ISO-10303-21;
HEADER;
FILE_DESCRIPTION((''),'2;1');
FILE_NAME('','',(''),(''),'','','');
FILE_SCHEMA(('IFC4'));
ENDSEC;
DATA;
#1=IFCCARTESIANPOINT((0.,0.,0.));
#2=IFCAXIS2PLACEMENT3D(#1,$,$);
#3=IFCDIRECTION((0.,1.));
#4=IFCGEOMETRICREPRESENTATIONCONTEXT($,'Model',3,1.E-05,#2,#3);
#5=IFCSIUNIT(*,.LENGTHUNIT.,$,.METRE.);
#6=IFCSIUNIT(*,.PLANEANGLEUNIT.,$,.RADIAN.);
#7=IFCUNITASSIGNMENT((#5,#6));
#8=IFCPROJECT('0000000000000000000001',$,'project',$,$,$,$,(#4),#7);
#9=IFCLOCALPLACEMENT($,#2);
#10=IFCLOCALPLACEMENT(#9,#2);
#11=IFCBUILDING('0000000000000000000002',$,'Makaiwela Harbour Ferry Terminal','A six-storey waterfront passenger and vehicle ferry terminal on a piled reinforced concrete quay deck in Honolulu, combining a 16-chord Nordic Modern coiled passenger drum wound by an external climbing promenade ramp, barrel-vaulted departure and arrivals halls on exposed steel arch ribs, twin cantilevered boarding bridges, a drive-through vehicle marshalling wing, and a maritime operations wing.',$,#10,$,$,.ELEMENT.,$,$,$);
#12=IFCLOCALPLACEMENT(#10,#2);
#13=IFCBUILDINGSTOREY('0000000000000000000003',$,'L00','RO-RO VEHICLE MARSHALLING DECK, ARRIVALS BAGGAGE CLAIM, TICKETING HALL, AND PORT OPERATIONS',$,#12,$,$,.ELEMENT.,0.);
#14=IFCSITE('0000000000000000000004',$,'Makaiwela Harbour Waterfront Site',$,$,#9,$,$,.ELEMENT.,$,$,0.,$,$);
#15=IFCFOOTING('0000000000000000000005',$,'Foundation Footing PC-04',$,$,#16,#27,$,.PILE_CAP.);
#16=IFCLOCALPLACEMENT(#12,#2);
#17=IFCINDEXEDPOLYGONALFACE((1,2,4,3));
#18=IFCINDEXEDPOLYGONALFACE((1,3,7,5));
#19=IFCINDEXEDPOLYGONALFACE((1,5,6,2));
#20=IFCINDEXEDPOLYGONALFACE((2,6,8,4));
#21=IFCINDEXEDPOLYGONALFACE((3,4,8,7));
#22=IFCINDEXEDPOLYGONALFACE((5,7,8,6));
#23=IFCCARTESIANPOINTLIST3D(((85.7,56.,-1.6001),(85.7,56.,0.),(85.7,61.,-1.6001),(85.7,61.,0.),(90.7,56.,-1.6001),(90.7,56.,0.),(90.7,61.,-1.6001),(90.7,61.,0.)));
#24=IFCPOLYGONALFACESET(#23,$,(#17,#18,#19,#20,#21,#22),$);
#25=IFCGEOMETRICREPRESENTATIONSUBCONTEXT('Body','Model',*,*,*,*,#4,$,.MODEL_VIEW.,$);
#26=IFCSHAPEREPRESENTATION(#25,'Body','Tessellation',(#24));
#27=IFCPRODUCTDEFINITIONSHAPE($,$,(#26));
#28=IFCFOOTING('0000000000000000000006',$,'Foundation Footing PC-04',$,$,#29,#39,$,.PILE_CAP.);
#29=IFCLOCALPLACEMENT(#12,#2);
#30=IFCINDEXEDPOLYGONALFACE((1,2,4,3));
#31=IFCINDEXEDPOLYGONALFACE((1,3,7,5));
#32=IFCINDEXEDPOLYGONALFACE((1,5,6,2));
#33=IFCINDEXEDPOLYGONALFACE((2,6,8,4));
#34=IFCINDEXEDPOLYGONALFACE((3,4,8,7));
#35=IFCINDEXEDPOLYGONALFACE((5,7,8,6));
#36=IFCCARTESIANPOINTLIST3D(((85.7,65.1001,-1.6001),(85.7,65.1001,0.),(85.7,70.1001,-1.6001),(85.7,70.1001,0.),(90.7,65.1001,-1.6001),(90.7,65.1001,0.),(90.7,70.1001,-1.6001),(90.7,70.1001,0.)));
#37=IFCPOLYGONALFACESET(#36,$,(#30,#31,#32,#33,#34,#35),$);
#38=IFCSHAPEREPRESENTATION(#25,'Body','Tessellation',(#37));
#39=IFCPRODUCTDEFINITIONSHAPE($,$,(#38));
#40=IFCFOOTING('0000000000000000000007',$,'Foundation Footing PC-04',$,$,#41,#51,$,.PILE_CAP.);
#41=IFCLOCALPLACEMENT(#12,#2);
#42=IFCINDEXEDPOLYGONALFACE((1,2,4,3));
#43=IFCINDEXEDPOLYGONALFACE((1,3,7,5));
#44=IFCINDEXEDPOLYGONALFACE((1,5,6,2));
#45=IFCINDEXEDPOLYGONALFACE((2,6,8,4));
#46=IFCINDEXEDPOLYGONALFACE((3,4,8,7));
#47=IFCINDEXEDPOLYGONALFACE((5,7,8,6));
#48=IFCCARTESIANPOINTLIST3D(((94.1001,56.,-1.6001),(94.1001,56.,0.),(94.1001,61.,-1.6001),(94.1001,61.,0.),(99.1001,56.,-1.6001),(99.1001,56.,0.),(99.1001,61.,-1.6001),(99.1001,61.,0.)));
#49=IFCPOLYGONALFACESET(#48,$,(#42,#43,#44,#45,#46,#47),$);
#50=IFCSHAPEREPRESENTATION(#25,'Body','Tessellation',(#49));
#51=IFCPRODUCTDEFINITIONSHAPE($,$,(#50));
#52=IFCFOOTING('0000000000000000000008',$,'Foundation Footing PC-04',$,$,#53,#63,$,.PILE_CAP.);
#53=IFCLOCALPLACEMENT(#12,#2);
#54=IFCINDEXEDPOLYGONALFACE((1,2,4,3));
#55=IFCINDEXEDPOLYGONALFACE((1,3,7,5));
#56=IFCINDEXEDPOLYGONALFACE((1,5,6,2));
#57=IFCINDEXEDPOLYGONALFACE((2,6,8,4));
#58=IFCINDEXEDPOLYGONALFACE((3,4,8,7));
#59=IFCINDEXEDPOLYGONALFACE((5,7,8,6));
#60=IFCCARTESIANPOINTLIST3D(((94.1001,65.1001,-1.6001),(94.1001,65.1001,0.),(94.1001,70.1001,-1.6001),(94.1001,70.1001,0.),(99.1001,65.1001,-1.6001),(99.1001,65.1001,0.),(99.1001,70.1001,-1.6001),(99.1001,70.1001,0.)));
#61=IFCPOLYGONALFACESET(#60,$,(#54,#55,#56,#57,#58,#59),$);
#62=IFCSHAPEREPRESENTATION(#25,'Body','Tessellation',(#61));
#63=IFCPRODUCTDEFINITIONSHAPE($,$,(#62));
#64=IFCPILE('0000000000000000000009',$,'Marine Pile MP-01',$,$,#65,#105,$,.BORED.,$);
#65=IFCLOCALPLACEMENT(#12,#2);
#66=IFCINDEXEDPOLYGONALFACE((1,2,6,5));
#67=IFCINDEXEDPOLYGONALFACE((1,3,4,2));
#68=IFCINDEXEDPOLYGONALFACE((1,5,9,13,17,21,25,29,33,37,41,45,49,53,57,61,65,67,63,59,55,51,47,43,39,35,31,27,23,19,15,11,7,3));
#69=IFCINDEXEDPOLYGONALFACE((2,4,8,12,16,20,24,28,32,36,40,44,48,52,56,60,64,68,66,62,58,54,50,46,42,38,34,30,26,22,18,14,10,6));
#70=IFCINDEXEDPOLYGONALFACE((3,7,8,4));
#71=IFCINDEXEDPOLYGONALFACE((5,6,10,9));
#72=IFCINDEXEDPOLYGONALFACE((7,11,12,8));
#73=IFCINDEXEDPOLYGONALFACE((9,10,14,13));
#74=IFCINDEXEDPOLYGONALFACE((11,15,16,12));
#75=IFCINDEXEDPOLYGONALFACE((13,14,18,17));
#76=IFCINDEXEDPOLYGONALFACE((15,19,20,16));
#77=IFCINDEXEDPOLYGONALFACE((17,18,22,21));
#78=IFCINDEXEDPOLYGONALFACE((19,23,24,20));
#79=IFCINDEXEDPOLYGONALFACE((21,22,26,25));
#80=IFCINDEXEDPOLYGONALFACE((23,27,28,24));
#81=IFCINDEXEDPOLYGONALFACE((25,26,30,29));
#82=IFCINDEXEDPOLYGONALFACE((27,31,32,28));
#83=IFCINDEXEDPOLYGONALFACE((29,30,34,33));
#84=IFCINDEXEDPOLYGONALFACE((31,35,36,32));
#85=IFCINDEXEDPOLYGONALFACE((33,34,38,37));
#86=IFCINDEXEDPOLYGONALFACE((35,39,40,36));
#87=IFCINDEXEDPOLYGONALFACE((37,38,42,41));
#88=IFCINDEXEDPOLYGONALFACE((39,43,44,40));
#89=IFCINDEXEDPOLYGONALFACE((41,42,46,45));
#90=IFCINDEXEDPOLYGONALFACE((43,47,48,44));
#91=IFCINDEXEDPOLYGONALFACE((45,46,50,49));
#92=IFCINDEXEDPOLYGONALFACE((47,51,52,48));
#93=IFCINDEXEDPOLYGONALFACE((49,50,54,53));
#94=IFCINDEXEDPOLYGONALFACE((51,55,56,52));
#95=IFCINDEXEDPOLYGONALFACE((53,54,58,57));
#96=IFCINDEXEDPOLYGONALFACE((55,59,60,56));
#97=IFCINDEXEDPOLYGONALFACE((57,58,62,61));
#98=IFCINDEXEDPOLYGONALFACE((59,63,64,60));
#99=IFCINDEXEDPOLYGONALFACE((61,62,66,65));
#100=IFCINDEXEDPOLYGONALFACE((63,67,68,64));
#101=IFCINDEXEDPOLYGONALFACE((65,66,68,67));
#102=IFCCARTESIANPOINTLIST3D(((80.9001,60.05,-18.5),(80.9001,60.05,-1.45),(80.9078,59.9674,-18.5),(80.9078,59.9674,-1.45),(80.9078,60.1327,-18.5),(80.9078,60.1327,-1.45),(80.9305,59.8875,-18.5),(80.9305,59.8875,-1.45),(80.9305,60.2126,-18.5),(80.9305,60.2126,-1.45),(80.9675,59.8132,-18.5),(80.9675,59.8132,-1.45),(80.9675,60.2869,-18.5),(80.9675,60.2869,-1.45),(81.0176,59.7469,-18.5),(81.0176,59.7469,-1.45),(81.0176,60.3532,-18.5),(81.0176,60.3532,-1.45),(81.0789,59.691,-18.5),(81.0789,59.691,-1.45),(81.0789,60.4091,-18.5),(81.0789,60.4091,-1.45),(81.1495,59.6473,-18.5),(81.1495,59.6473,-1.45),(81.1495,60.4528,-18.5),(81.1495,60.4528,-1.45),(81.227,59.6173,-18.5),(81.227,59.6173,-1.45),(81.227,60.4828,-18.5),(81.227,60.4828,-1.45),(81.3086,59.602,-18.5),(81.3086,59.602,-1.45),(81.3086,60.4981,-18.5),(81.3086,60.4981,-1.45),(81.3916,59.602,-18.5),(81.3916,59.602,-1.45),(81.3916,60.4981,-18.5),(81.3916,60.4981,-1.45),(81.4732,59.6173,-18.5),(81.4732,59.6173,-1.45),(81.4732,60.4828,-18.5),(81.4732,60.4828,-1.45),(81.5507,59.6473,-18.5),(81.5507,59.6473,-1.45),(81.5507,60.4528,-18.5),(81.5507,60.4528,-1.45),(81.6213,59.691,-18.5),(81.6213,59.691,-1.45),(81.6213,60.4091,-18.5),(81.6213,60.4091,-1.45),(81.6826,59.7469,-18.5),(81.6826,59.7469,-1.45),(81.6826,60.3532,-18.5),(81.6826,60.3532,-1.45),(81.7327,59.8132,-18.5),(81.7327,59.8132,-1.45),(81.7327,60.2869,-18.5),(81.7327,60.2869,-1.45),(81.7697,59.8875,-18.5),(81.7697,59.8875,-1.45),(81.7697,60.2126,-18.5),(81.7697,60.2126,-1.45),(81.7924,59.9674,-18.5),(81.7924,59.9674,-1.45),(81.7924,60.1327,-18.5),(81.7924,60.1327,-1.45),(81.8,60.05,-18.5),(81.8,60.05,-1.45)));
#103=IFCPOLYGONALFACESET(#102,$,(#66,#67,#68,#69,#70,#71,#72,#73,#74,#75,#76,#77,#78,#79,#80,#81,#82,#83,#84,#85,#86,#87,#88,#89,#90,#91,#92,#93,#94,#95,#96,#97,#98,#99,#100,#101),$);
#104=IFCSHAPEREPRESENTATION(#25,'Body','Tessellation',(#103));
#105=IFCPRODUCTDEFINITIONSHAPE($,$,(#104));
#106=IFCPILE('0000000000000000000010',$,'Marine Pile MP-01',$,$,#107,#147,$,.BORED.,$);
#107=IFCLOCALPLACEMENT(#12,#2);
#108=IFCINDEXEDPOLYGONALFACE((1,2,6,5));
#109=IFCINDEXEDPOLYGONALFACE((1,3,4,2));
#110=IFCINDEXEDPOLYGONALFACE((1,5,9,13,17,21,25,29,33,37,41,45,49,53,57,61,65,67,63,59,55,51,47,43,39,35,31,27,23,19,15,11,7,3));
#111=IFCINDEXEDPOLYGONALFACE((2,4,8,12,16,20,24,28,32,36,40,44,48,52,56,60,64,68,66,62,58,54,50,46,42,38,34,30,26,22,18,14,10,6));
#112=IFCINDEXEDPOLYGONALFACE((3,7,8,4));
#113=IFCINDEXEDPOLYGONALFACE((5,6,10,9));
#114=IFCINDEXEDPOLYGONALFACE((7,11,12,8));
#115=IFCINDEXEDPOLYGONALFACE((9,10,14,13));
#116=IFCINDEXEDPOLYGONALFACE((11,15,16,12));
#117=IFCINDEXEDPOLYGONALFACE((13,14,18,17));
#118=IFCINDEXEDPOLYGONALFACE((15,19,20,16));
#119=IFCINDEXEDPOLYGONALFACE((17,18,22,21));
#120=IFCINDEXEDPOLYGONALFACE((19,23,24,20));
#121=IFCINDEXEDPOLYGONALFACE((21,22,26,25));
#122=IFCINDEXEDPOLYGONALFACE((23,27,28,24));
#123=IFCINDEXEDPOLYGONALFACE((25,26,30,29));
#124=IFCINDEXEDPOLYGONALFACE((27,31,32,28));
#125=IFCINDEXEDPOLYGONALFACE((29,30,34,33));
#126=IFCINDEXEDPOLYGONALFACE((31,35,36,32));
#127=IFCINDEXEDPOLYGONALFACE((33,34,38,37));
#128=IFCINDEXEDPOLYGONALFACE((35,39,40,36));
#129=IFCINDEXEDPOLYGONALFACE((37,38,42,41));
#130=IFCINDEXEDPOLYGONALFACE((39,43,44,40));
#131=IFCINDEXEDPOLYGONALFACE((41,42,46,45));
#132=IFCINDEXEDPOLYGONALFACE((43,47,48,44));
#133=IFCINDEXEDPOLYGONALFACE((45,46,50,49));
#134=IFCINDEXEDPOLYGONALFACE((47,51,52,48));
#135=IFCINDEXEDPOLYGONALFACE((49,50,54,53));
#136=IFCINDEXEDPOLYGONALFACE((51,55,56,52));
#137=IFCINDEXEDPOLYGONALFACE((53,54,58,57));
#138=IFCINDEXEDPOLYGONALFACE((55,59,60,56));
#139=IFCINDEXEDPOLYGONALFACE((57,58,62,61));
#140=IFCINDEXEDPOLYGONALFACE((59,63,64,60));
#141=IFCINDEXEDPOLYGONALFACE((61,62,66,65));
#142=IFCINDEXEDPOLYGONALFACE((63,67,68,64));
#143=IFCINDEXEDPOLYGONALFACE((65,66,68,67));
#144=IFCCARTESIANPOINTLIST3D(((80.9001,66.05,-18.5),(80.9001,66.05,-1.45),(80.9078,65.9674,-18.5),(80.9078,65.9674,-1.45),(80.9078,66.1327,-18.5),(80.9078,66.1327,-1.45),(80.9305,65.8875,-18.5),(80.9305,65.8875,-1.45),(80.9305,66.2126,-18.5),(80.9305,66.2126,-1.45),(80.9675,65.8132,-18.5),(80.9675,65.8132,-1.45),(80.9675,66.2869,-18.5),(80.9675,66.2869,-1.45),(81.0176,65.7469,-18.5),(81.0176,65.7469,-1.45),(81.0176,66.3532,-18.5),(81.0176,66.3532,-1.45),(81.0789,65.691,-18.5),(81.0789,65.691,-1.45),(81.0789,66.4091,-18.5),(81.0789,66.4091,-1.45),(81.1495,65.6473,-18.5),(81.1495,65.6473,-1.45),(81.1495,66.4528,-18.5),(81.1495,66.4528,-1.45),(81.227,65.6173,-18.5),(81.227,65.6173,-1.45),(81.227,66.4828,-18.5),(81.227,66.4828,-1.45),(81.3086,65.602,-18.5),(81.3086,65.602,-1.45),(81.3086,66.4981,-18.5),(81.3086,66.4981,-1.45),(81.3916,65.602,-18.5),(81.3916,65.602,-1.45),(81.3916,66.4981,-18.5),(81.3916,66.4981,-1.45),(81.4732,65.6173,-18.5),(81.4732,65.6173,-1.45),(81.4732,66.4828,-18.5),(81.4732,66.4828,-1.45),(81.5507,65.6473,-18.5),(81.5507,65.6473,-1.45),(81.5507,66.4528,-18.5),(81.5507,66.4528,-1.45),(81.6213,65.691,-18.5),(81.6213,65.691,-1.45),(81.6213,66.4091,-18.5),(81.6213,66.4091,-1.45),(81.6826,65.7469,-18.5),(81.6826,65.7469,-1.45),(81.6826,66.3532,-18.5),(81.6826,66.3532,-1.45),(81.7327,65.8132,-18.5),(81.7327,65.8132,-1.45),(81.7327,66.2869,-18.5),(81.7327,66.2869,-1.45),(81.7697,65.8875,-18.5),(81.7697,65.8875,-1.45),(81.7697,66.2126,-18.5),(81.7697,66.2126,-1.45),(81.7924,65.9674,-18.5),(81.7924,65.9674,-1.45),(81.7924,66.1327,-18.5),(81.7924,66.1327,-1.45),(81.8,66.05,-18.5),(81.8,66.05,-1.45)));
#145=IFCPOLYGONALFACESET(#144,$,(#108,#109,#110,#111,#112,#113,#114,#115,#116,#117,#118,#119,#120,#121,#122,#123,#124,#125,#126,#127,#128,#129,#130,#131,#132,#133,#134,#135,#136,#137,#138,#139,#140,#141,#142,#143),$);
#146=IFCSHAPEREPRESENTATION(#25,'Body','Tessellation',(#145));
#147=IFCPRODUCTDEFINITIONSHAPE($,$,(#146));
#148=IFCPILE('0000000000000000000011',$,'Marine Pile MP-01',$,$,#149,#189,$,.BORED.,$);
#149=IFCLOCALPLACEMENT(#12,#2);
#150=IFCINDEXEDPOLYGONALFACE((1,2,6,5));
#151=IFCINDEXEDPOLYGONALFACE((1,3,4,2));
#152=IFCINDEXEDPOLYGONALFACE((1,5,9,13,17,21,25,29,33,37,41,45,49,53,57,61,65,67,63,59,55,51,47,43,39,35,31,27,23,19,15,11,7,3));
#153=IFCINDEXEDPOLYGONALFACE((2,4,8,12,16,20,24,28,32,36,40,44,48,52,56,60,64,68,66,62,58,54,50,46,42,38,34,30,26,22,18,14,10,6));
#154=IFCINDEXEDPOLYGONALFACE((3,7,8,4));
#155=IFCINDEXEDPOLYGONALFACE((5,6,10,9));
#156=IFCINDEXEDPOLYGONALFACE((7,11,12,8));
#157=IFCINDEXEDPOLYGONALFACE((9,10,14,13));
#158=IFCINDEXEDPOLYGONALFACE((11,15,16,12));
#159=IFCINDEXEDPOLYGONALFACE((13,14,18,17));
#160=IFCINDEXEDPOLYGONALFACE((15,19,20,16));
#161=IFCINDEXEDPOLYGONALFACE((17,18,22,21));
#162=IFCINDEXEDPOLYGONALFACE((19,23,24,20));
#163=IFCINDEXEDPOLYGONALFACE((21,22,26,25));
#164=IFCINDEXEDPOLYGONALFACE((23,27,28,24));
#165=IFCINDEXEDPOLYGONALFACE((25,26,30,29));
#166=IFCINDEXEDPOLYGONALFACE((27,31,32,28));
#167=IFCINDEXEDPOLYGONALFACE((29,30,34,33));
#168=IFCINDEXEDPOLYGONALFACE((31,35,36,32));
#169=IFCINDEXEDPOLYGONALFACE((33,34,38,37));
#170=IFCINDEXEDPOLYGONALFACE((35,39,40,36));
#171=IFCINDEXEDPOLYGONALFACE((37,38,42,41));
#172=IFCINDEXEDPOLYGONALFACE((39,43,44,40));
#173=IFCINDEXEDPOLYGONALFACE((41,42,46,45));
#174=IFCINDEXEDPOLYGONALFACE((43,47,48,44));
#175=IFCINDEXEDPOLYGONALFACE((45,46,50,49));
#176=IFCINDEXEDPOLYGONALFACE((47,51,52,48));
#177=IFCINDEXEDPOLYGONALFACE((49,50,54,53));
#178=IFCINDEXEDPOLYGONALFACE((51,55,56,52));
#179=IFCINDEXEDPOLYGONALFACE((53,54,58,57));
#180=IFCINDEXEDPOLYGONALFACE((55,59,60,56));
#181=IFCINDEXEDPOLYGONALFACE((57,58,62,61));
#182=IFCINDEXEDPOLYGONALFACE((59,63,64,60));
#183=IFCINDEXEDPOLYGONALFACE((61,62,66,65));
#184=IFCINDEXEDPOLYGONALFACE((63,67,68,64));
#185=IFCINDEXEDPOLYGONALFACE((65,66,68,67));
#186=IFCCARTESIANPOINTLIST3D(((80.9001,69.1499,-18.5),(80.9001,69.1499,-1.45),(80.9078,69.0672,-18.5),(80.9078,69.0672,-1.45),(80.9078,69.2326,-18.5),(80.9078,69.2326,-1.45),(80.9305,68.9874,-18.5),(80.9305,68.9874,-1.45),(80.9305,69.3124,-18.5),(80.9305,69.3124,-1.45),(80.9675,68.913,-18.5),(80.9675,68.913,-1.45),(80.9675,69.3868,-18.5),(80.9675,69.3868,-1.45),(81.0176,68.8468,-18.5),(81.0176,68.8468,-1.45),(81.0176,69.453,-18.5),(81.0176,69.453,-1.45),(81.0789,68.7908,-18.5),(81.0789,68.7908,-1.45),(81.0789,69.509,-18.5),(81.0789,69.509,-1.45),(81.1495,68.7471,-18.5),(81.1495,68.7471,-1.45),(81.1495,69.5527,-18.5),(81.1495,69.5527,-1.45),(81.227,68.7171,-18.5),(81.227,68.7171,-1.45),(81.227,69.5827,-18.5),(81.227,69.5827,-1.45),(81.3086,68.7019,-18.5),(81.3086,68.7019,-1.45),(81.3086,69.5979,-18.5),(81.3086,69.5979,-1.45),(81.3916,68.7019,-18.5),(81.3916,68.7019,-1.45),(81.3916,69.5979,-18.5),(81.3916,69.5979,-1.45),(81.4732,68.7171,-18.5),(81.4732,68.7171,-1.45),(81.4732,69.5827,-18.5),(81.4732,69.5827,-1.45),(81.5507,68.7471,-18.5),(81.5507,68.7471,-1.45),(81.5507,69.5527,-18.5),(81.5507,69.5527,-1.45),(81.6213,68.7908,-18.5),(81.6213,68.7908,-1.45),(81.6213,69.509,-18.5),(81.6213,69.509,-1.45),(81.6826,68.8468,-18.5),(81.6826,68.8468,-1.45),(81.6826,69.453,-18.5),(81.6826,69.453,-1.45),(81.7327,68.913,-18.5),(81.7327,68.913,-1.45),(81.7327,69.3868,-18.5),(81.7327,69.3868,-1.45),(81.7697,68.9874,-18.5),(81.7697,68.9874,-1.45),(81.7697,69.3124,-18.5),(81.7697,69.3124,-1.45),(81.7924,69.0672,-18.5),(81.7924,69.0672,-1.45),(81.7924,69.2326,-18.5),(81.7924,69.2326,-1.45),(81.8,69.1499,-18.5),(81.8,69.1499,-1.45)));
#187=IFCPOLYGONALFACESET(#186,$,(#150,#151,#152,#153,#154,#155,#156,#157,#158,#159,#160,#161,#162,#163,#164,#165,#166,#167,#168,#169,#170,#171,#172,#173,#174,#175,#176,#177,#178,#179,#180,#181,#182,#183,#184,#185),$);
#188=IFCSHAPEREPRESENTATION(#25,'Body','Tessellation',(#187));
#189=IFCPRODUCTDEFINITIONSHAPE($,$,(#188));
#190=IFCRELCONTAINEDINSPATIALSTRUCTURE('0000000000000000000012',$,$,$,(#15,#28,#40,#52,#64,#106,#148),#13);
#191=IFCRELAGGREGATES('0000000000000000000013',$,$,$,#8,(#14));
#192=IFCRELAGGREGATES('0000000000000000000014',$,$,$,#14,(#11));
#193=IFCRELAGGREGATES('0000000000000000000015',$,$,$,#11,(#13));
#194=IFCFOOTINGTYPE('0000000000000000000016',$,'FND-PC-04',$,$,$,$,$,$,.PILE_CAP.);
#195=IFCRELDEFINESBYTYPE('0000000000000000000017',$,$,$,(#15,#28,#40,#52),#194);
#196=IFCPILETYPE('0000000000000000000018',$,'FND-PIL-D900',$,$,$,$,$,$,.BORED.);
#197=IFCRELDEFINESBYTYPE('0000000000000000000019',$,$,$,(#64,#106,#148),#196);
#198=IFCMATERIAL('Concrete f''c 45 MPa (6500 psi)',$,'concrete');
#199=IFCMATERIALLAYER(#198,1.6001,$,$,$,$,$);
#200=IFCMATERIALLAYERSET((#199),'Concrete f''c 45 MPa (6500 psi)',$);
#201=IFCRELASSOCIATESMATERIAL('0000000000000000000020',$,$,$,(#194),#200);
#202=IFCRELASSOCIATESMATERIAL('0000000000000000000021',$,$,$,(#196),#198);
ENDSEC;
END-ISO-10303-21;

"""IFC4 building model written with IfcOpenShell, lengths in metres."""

from ifc_helpers import new_model, si_unit, direction, frame, origin, origin_2d, place, context, subcontext, project, spatial, rectangle, circle, extrude, material, layer, layer_set, material_profile, profile_set, type_object, element, save


model = new_model("IFC4")

# Units and contexts
model_context = context("Model", 3, precision=1e-05, world=origin(), true_north=direction((0.0, 1.0)))
body_context = subcontext(model_context, "Body", "Model", "MODEL_VIEW")
ifc_project = project(units=[si_unit("LENGTHUNIT", "METRE"), si_unit("PLANEANGLEUNIT", "RADIAN")], contexts=[model_context])

# Site, building, storey
site_placement = place(None, origin())
site = spatial("IfcSite", under=ifc_project, at=site_placement, Name="Makaiwela Harbour Waterfront Site", CompositionType="ELEMENT", RefElevation=0.0)
building_placement = place(site_placement, origin())
building = spatial("IfcBuilding", under=site, at=building_placement, Name="Makaiwela Harbour Ferry Terminal", Description="A six-storey waterfront passenger and vehicle ferry terminal on a piled reinforced concrete quay deck in Honolulu, combining a 16-chord Nordic Modern coiled passenger drum wound by an external climbing promenade ramp, barrel-vaulted departure and arrivals halls on exposed steel arch ribs, twin cantilevered boarding bridges, a drive-through vehicle marshalling wing, and a maritime operations wing.", CompositionType="ELEMENT")
storey_placement = place(building_placement, origin())
storey = spatial("IfcBuildingStorey", under=building, at=storey_placement, Name="L00", Description="RO-RO VEHICLE MARSHALLING DECK, ARRIVALS BAGGAGE CLAIM, TICKETING HALL, AND PORT OPERATIONS", CompositionType="ELEMENT", Elevation=0.0)

# Footings
ifc_material_1 = material(Name="Concrete f'c 45 MPa (6500 psi)", Category="concrete")
ifc_layer_1 = layer(ifc_material_1, 1.6001)
ifc_layer_set_1 = layer_set([ifc_layer_1], Name="Concrete f'c 45 MPa (6500 psi)")
footing_type_1 = type_object("IfcFootingType", Name="FND-PC-04", PredefinedType="PILE_CAP", material=ifc_layer_set_1)
for number, where, z_axis, x_axis, name in (
    (1, (88.2, 58.5, -1.6001), (0.0, 0.0, 1.0), (1.0, 0.0, 0.0), "Foundation Footing PC-04"),
    (2, (88.2, 67.6001, -1.6001), (0.0, 0.0, 1.0), (1.0, 0.0, 0.0), "Foundation Footing PC-04"),
    (3, (96.6001, 58.5, -1.6001), (0.0, 0.0, 1.0), (1.0, 0.0, 0.0), "Foundation Footing PC-04"),
    (4, (96.6001, 67.6001, -1.6001), (0.0, 0.0, 1.0), (1.0, 0.0, 0.0), "Foundation Footing PC-04"),
):
    element("IfcFooting", number, at=place(storey_placement, frame(where, z_axis=z_axis, x_axis=x_axis)), inside=storey, type_object=footing_type_1, Name=name, PredefinedType="PILE_CAP", context=body_context, shape_type="SweptSolid", body=[
        extrude(rectangle(XDim=5.0, YDim=5.0, at=origin_2d()), origin(), (0.0, 0.0, 1.0), 1.6001),
    ])

# Piles
ifc_material_profile_1 = material_profile(ifc_material_1, circle(Radius=0.45, at=origin_2d()), Name="PILE-D900")
ifc_profile_set_1 = profile_set([ifc_material_profile_1], Name="Concrete f'c 45 MPa (6500 psi)")
pile_type = type_object("IfcPileType", Name="FND-PIL-D900", PredefinedType="BORED", material=ifc_profile_set_1)
for number, where, z_axis, x_axis, name in (
    (5, (81.3501, 60.05, -1.45), (0.0, 0.0, -1.0), (1.0, 0.0, 0.0), "Marine Pile MP-01"),
    (6, (81.3501, 66.05, -1.45), (0.0, 0.0, -1.0), (1.0, 0.0, 0.0), "Marine Pile MP-01"),
    (7, (81.3501, 69.1499, -1.45), (0.0, 0.0, -1.0), (1.0, 0.0, 0.0), "Marine Pile MP-01"),
):
    element("IfcPile", number, at=place(storey_placement, frame(where, z_axis=z_axis, x_axis=x_axis)), inside=storey, type_object=pile_type, Name=name, PredefinedType="BORED", context=body_context, shape_type="SweptSolid", body=[
        extrude(circle(Radius=0.45, at=origin_2d()), origin(), (0.0, 0.0, 1.0), 17.05),
    ])

save(model, "model.ifc")
